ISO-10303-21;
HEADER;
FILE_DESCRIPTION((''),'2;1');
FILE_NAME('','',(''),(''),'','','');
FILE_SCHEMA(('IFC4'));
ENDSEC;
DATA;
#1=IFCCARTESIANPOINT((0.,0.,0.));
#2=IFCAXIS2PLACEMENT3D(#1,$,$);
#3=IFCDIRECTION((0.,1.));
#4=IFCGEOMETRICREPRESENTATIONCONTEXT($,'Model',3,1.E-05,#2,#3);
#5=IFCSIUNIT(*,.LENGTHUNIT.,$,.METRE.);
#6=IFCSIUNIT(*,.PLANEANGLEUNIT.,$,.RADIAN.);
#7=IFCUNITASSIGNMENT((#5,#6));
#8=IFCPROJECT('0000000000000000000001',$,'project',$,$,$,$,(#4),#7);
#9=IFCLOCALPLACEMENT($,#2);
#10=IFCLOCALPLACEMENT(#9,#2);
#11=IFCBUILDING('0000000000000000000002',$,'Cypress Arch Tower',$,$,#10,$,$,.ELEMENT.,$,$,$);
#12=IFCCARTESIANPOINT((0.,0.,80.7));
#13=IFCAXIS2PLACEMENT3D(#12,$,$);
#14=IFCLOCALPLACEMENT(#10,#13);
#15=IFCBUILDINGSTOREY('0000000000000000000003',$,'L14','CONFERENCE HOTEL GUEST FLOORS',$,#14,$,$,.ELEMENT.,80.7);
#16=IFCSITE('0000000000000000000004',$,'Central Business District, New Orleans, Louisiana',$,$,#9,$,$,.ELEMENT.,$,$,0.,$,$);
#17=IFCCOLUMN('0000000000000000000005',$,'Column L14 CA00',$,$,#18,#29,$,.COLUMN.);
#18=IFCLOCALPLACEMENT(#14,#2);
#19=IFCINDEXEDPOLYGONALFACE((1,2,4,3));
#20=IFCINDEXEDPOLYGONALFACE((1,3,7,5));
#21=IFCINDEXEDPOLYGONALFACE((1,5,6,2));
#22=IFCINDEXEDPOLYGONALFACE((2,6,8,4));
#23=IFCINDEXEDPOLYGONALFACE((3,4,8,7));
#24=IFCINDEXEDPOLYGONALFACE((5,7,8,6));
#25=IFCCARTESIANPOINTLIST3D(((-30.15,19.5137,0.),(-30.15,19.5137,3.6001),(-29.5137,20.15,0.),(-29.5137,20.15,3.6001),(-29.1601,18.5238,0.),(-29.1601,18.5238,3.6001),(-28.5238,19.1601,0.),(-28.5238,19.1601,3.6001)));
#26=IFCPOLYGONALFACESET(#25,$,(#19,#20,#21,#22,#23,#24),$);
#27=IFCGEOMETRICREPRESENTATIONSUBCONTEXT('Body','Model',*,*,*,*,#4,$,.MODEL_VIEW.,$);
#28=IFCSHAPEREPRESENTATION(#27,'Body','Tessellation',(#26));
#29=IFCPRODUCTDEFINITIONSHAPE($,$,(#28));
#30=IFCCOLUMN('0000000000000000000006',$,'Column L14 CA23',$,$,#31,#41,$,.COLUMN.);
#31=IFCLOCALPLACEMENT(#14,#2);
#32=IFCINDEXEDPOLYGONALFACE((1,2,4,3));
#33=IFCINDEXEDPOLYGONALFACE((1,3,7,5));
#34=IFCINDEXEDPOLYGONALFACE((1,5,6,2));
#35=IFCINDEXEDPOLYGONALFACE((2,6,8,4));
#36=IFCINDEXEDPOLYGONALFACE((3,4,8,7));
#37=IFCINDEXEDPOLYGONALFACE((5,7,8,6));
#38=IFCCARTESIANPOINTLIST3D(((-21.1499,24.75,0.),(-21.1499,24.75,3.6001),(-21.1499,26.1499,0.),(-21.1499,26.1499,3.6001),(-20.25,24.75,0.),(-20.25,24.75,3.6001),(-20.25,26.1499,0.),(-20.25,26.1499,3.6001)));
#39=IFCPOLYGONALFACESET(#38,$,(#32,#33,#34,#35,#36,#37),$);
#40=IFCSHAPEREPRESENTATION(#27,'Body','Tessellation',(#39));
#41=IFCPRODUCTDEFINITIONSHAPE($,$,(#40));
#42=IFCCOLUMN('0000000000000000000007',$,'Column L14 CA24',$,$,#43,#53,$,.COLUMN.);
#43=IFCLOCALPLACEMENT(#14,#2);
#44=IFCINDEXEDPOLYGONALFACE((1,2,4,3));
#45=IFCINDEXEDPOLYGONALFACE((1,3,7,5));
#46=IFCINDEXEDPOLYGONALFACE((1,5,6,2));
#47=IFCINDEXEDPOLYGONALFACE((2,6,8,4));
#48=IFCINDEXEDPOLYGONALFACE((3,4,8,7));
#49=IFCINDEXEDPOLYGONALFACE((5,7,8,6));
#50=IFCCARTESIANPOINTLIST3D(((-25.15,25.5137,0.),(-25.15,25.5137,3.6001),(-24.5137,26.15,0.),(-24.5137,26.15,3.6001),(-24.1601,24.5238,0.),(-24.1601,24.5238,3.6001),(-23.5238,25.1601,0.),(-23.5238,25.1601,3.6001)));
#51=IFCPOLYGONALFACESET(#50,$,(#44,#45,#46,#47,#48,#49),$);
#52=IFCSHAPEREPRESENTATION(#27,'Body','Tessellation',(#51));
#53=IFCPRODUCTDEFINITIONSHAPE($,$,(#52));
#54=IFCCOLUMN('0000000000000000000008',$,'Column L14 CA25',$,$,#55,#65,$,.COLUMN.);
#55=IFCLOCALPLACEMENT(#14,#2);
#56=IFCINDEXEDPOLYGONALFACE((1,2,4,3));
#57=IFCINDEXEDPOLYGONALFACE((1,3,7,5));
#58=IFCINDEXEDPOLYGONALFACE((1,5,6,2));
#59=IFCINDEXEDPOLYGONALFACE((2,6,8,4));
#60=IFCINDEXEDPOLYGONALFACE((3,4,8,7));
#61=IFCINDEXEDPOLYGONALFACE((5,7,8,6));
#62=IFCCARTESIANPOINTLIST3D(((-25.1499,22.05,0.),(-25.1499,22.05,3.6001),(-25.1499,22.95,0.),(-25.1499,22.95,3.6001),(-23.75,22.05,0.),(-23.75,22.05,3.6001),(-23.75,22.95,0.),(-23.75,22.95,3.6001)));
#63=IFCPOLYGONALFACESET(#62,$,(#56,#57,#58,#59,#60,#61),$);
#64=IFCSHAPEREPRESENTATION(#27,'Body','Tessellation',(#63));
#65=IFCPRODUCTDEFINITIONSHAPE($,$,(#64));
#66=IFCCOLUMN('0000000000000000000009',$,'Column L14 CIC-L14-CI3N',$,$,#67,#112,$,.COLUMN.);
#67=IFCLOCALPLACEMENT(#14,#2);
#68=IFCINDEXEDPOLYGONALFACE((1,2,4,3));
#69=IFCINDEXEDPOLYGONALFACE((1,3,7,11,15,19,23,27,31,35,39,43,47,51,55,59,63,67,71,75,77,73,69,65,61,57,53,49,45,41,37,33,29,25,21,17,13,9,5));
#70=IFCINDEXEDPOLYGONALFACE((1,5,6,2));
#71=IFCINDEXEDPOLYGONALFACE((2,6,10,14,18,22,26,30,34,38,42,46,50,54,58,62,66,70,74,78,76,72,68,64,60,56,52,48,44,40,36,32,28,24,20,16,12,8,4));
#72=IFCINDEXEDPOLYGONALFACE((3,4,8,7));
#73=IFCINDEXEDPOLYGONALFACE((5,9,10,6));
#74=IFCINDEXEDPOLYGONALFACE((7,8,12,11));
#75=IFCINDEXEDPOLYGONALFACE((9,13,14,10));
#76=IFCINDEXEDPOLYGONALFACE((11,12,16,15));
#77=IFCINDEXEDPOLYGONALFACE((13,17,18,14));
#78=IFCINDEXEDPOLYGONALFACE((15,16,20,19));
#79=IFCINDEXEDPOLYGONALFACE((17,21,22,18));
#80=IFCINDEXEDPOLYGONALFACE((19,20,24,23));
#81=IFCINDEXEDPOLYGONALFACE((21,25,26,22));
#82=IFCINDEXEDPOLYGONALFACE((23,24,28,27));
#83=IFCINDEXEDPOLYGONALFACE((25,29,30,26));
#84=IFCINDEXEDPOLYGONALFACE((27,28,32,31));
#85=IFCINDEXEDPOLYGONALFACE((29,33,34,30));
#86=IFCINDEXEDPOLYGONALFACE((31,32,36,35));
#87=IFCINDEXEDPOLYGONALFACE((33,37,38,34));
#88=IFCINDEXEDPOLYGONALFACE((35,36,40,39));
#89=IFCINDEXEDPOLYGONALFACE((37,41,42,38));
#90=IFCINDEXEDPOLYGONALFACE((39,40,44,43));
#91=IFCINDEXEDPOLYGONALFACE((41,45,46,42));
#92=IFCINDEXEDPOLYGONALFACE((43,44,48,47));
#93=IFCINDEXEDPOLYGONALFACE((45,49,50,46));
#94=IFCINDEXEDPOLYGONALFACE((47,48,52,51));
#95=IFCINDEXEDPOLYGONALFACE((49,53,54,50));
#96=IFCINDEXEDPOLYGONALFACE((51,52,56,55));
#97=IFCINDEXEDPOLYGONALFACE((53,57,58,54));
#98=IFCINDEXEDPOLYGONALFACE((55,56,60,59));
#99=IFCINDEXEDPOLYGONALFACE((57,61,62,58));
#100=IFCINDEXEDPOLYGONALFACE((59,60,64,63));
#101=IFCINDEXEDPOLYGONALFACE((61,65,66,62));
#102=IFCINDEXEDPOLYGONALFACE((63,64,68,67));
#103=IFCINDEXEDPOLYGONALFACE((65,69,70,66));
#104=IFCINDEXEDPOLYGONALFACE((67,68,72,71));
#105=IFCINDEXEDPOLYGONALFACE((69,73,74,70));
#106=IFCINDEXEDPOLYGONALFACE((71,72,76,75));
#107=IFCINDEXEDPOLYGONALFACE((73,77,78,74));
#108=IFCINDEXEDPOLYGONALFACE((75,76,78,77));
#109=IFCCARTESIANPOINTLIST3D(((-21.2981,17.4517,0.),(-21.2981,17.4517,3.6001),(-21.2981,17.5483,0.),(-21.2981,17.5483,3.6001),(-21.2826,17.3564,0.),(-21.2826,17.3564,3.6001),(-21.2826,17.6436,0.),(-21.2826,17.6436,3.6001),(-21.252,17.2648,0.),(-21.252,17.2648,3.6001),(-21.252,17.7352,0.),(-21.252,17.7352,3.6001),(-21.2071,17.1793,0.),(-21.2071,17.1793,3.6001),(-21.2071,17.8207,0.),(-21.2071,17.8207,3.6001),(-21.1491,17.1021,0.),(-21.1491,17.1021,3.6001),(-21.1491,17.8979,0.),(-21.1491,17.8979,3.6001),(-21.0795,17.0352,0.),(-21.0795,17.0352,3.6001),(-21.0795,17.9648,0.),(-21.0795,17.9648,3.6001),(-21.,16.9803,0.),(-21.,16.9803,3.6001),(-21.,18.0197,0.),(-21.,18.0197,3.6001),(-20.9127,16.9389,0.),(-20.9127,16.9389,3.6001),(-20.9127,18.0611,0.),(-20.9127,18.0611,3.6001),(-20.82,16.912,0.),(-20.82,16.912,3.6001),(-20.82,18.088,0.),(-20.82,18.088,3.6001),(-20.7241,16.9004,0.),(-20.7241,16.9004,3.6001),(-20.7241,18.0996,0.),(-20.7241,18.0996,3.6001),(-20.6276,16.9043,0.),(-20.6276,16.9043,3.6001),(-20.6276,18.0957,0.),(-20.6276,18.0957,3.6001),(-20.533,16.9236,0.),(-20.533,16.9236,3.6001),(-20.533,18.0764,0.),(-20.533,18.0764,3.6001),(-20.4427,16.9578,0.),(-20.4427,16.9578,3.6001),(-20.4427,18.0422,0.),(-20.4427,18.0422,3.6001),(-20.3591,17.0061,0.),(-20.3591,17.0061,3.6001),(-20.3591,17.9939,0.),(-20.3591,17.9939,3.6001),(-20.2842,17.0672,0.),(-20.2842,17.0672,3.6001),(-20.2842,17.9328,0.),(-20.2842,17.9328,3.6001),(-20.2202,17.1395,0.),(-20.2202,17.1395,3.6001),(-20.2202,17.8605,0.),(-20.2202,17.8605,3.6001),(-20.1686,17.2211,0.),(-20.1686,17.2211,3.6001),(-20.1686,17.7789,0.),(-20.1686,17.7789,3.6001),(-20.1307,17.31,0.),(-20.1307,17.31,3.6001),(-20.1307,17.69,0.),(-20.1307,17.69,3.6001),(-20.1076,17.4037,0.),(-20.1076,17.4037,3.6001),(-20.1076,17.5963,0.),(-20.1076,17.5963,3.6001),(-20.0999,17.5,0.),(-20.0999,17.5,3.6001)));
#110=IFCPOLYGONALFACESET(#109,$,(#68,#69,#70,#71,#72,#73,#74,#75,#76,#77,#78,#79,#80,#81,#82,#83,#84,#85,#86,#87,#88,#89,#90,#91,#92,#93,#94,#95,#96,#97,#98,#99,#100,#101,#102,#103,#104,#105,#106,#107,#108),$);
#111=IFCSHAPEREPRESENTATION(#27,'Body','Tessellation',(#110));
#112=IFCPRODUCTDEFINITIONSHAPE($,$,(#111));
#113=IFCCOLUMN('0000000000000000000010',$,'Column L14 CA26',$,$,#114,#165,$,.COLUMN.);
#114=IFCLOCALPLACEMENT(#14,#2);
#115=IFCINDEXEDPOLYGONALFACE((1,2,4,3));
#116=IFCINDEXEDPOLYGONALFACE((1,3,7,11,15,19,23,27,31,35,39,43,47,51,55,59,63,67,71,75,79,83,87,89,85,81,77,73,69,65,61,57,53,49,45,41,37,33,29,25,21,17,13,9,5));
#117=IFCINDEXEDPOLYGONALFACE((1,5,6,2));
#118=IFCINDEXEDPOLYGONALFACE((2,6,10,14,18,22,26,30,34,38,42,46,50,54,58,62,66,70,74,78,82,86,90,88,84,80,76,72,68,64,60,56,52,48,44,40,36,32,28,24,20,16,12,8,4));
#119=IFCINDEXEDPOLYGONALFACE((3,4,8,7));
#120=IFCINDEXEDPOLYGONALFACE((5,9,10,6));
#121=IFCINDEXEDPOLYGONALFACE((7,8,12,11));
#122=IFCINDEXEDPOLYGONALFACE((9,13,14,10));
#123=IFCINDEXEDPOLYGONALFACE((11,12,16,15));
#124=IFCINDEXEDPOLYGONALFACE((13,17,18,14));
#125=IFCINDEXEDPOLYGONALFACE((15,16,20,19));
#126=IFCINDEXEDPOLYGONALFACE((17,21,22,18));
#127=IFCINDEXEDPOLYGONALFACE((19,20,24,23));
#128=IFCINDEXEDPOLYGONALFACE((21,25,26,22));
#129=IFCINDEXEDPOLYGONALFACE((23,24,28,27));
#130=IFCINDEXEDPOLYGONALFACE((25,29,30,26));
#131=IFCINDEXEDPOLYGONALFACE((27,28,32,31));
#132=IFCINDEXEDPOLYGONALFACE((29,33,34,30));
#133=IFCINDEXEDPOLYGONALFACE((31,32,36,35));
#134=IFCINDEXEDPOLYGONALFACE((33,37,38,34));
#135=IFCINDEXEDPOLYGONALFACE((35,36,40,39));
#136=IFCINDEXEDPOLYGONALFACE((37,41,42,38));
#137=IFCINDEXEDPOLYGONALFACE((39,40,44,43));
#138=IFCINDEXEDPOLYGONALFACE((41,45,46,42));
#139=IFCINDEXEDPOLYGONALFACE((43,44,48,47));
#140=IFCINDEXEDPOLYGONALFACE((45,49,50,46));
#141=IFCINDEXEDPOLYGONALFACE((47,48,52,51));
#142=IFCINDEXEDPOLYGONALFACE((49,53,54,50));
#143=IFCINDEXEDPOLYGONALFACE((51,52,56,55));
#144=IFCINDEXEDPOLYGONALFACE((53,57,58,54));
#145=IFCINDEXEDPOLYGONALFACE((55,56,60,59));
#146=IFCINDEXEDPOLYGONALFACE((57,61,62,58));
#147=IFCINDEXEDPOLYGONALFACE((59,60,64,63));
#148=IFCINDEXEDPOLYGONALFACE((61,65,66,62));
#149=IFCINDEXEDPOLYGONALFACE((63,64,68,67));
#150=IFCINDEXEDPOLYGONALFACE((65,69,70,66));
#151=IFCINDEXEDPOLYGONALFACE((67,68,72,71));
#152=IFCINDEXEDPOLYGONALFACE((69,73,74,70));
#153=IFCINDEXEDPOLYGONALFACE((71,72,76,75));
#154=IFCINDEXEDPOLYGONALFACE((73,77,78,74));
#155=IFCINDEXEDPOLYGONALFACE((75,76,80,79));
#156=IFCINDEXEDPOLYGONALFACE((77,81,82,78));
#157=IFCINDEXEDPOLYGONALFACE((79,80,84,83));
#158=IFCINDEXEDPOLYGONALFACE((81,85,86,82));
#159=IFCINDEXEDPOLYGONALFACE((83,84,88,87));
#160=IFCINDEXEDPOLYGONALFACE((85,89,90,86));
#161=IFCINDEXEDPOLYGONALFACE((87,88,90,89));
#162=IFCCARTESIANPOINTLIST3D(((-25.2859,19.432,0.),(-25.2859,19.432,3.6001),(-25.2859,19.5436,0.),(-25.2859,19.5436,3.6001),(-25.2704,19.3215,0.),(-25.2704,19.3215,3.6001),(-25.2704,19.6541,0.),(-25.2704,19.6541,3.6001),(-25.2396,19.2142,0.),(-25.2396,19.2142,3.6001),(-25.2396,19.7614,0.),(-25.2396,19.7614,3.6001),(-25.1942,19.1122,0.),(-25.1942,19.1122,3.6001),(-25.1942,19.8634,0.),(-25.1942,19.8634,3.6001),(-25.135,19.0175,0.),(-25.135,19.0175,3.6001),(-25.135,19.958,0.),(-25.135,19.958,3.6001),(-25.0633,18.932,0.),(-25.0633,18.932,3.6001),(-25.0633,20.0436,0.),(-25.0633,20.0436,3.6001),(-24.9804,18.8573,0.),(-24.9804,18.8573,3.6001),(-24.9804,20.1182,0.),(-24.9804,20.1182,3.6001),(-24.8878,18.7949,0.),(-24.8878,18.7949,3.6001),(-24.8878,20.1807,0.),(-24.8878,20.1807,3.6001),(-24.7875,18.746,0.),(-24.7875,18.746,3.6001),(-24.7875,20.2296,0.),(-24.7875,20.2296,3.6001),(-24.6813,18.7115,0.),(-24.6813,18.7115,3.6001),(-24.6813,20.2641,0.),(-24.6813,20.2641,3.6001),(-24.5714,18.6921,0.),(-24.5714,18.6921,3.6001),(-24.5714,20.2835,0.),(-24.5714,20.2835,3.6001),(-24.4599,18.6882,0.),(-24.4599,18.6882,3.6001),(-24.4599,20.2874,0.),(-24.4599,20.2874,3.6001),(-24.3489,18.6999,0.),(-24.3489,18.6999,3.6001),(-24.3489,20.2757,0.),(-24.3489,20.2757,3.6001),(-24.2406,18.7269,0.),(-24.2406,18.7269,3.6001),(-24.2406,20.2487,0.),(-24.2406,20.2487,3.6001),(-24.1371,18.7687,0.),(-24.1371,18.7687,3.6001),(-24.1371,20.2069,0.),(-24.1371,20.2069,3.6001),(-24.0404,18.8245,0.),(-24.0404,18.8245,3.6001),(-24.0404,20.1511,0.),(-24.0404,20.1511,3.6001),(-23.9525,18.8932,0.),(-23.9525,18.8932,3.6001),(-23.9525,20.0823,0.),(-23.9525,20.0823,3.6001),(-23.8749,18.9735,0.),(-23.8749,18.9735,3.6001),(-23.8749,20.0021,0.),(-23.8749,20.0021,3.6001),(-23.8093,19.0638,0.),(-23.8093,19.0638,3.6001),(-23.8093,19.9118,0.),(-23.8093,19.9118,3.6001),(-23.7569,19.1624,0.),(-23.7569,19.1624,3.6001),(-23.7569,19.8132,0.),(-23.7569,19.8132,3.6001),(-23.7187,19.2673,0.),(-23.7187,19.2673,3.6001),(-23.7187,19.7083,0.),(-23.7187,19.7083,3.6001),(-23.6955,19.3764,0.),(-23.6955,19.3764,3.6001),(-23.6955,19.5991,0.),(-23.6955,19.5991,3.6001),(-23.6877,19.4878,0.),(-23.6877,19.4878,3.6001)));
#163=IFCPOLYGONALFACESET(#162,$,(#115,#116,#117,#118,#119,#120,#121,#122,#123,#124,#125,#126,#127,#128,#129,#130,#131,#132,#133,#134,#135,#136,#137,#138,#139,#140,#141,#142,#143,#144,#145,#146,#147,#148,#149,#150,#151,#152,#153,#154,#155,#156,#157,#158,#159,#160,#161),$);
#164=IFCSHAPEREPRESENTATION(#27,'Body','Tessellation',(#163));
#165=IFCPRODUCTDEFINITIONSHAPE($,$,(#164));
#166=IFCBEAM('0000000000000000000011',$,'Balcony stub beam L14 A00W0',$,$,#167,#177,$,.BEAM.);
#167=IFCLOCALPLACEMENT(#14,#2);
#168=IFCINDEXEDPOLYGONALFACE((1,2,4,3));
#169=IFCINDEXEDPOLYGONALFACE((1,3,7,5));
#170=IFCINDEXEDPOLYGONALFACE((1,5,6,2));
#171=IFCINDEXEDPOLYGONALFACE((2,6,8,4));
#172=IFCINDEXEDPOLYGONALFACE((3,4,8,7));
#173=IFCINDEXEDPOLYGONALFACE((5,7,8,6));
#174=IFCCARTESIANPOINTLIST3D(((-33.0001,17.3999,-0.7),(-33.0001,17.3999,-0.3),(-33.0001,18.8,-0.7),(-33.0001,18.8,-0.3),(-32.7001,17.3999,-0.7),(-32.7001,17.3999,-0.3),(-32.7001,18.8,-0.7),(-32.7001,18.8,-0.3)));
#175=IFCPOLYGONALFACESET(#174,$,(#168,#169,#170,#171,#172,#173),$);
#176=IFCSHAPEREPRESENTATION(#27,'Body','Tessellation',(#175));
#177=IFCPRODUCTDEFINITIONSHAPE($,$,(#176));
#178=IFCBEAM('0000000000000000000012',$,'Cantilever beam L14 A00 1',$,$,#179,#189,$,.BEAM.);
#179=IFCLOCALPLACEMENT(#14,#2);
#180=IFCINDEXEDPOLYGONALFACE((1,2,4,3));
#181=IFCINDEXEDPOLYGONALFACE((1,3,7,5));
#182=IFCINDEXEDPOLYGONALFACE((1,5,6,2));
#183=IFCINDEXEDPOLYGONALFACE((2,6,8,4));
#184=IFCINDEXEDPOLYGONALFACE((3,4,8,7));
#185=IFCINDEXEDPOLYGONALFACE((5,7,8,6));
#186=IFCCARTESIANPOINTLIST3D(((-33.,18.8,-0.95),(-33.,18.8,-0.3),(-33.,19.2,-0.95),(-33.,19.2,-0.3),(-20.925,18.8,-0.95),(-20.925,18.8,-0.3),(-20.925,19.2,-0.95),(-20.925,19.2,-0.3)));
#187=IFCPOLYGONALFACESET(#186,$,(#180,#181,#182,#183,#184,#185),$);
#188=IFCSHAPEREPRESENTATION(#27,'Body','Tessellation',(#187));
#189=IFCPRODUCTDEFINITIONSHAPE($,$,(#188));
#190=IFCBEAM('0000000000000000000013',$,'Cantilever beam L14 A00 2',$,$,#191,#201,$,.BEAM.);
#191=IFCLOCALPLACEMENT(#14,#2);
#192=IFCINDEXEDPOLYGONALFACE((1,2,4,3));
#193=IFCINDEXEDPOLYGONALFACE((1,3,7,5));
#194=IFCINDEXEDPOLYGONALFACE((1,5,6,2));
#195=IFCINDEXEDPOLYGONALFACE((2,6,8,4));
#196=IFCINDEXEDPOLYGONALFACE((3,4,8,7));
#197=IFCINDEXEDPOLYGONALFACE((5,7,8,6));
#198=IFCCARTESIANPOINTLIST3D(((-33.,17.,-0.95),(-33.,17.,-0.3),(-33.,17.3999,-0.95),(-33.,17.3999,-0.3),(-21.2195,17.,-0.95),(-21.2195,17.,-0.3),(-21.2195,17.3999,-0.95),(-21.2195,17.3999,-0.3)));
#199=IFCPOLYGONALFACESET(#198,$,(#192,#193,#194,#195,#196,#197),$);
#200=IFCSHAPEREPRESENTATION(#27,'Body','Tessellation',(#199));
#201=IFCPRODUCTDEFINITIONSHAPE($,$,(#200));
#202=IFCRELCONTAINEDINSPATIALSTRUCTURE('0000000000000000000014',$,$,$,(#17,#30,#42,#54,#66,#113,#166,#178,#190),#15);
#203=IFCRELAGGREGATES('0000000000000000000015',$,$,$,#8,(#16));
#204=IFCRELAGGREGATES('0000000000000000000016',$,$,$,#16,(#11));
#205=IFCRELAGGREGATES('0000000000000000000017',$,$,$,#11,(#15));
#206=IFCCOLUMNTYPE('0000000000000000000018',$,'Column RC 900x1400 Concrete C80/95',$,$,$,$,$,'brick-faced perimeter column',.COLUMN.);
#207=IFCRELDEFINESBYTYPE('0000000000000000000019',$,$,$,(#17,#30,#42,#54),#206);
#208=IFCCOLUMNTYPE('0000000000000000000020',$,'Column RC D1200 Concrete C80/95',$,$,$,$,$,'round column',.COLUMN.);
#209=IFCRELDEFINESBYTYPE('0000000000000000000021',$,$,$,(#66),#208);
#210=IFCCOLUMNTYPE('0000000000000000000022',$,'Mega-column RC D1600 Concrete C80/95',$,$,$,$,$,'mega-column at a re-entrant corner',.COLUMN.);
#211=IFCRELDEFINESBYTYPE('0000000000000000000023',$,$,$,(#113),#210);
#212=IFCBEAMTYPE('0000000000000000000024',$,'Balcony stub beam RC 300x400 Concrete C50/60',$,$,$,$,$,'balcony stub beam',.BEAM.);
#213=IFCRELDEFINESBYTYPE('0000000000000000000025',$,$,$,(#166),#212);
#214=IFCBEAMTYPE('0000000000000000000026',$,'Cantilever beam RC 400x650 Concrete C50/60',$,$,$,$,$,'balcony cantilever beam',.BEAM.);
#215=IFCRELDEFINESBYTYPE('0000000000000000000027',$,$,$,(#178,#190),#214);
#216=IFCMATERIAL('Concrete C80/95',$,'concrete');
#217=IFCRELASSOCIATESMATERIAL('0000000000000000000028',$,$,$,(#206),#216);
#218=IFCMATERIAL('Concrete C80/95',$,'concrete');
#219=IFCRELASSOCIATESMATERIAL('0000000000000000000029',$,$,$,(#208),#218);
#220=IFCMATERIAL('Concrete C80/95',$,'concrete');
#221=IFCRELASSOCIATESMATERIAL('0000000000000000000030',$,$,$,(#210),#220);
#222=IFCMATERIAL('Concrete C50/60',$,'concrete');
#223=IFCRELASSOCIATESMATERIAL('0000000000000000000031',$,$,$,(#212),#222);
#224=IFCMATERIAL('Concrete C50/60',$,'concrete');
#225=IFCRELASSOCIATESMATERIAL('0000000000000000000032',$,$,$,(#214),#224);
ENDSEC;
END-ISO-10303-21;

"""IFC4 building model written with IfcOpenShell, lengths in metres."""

from ifc_helpers import new_model, si_unit, direction, frame, origin, origin_2d, place, context, subcontext, project, spatial, rectangle, circle, extrude, material, material_profile, profile_set, type_object, element, save


model = new_model("IFC4")

# Units and contexts
model_context = context("Model", 3, precision=1e-05, world=origin(), true_north=direction((0.0, 1.0)))
body_context = subcontext(model_context, "Body", "Model", "MODEL_VIEW")
ifc_project = project(units=[si_unit("LENGTHUNIT", "METRE"), si_unit("PLANEANGLEUNIT", "RADIAN")], contexts=[model_context])

# Site, building, storey
site_placement = place(None, origin())
site = spatial("IfcSite", under=ifc_project, at=site_placement, Name="Central Business District, New Orleans, Louisiana", CompositionType="ELEMENT", RefElevation=0.0)
building_placement = place(site_placement, origin())
building = spatial("IfcBuilding", under=site, at=building_placement, Name="Cypress Arch Tower", CompositionType="ELEMENT")
storey_placement = place(building_placement, frame((0.0, 0.0, 80.7)))
storey = spatial("IfcBuildingStorey", under=building, at=storey_placement, Name="L14", Description="CONFERENCE HOTEL GUEST FLOORS", CompositionType="ELEMENT", Elevation=80.7)

# Columns
ifc_material_1 = material(Name="Concrete C80/95", Category="concrete")
ifc_material_profile_1 = material_profile(ifc_material_1, rectangle(XDim=0.8999, YDim=1.3999, at=origin_2d()), Name="RC 900x1400")
ifc_profile_set_1 = profile_set([ifc_material_profile_1], Name="Concrete C80/95")
column_type_1 = type_object("IfcColumnType", Name="Column RC 900x1400 Concrete C80/95", ElementType="brick-faced perimeter column", PredefinedType="COLUMN", material=ifc_profile_set_1)
for number, where, z_axis, x_axis, name in (
    (1, (-29.3369, 19.3369, 0.0), (0.0, 0.0, 1.0), (-0.707107, -0.707107, 0.0), "Column L14 CA00"),
    (2, (-20.7, 25.45, 0.0), (0.0, 0.0, 1.0), (-1.0, 0.0, 0.0), "Column L14 CA23"),
    (3, (-24.3369, 25.3369, 0.0), (0.0, 0.0, 1.0), (-0.707107, -0.707107, 0.0), "Column L14 CA24"),
    (4, (-24.45, 22.5, 0.0), (0.0, 0.0, 1.0), (0.0, -1.0, 0.0), "Column L14 CA25"),
):
    element("IfcColumn", number, at=place(storey_placement, frame(where, z_axis=z_axis, x_axis=x_axis)), inside=storey, type_object=column_type_1, Name=name, PredefinedType="COLUMN", context=body_context, shape_type="SweptSolid", body=[
        extrude(rectangle(XDim=0.8999, YDim=1.3999, at=origin_2d()), origin(), (0.0, 0.0, 1.0), 3.6001),
    ])
ifc_material_2 = material(Name="Concrete C80/95", Category="concrete")
ifc_material_profile_2 = material_profile(ifc_material_2, circle(Radius=0.6001, at=origin_2d()), Name="RC D1200")
ifc_profile_set_2 = profile_set([ifc_material_profile_2], Name="Concrete C80/95")
column_type_2 = type_object("IfcColumnType", Name="Column RC D1200 Concrete C80/95", ElementType="round column", PredefinedType="COLUMN", material=ifc_profile_set_2)
column_1_placement = place(storey_placement, frame((-20.7, 17.5, 0.0), z_axis=(0.0, 0.0, 1.0), x_axis=(1.0, 0.0, 0.0)))
element("IfcColumn", 5, at=column_1_placement, inside=storey, type_object=column_type_2, Name="Column L14 CIC-L14-CI3N", PredefinedType="COLUMN", context=body_context, shape_type="SweptSolid", body=[
    extrude(circle(Radius=0.6001, at=origin_2d()), origin(), (0.0, 0.0, 1.0), 3.6001),
])
ifc_material_3 = material(Name="Concrete C80/95", Category="concrete")
ifc_material_profile_3 = material_profile(ifc_material_3, circle(Radius=0.8, at=origin_2d()), Name="RC D1600")
ifc_profile_set_3 = profile_set([ifc_material_profile_3], Name="Concrete C80/95")
column_type_3 = type_object("IfcColumnType", Name="Mega-column RC D1600 Concrete C80/95", ElementType="mega-column at a re-entrant corner", PredefinedType="COLUMN", material=ifc_profile_set_3)
column_2_placement = place(storey_placement, frame((-24.4878, 19.4878, 0.0), z_axis=(0.0, 0.0, 1.0), x_axis=(1.0, 0.0, 0.0)))
element("IfcColumn", 6, at=column_2_placement, inside=storey, type_object=column_type_3, Name="Column L14 CA26", PredefinedType="COLUMN", context=body_context, shape_type="SweptSolid", body=[
    extrude(circle(Radius=0.8, at=origin_2d()), origin(), (0.0, 0.0, 1.0), 3.6001),
])

# Beams
ifc_material_4 = material(Name="Concrete C50/60", Category="concrete")
ifc_material_profile_4 = material_profile(ifc_material_4, rectangle(XDim=0.3, YDim=0.3999, at=origin_2d()), Name="RC 300x400")
ifc_profile_set_4 = profile_set([ifc_material_profile_4], Name="Concrete C50/60")
beam_type_1 = type_object("IfcBeamType", Name="Balcony stub beam RC 300x400 Concrete C50/60", ElementType="balcony stub beam", PredefinedType="BEAM", material=ifc_profile_set_4)
beam_1_placement = place(storey_placement, frame((-32.8501, 18.8, -0.5), z_axis=(0.0, -1.0, 0.0), x_axis=(1.0, 0.0, 0.0)))
element("IfcBeam", 7, at=beam_1_placement, inside=storey, type_object=beam_type_1, Name="Balcony stub beam L14 A00W0", PredefinedType="BEAM", context=body_context, shape_type="SweptSolid", body=[
    extrude(rectangle(XDim=0.3, YDim=0.3999, at=origin_2d()), origin(), (0.0, 0.0, 1.0), 1.4001),
])
ifc_material_5 = material(Name="Concrete C50/60", Category="concrete")
ifc_material_profile_5 = material_profile(ifc_material_5, rectangle(XDim=0.3999, YDim=0.6499, at=origin_2d()), Name="RC 400x650")
ifc_profile_set_5 = profile_set([ifc_material_profile_5], Name="Concrete C50/60")
beam_type_2 = type_object("IfcBeamType", Name="Cantilever beam RC 400x650 Concrete C50/60", ElementType="balcony cantilever beam", PredefinedType="BEAM", material=ifc_profile_set_5)
beam_2_placement = place(storey_placement, frame((-20.925, 19.0, -0.625), z_axis=(-1.0, 0.0, 0.0), x_axis=(0.0, -1.0, 0.0)))
element("IfcBeam", 8, at=beam_2_placement, inside=storey, type_object=beam_type_2, Name="Cantilever beam L14 A00 1", PredefinedType="BEAM", context=body_context, shape_type="SweptSolid", body=[
    extrude(rectangle(XDim=0.3999, YDim=0.6499, at=origin_2d()), origin(), (0.0, 0.0, 1.0), 12.075),
])
beam_3_placement = place(storey_placement, frame((-21.2195, 17.2, -0.625), z_axis=(-1.0, 0.0, 0.0), x_axis=(0.0, -1.0, 0.0)))
element("IfcBeam", 9, at=beam_3_placement, inside=storey, type_object=beam_type_2, Name="Cantilever beam L14 A00 2", PredefinedType="BEAM", context=body_context, shape_type="SweptSolid", body=[
    extrude(rectangle(XDim=0.3999, YDim=0.6499, at=origin_2d()), origin(), (0.0, 0.0, 1.0), 11.7805),
])

save(model, "model.ifc")
